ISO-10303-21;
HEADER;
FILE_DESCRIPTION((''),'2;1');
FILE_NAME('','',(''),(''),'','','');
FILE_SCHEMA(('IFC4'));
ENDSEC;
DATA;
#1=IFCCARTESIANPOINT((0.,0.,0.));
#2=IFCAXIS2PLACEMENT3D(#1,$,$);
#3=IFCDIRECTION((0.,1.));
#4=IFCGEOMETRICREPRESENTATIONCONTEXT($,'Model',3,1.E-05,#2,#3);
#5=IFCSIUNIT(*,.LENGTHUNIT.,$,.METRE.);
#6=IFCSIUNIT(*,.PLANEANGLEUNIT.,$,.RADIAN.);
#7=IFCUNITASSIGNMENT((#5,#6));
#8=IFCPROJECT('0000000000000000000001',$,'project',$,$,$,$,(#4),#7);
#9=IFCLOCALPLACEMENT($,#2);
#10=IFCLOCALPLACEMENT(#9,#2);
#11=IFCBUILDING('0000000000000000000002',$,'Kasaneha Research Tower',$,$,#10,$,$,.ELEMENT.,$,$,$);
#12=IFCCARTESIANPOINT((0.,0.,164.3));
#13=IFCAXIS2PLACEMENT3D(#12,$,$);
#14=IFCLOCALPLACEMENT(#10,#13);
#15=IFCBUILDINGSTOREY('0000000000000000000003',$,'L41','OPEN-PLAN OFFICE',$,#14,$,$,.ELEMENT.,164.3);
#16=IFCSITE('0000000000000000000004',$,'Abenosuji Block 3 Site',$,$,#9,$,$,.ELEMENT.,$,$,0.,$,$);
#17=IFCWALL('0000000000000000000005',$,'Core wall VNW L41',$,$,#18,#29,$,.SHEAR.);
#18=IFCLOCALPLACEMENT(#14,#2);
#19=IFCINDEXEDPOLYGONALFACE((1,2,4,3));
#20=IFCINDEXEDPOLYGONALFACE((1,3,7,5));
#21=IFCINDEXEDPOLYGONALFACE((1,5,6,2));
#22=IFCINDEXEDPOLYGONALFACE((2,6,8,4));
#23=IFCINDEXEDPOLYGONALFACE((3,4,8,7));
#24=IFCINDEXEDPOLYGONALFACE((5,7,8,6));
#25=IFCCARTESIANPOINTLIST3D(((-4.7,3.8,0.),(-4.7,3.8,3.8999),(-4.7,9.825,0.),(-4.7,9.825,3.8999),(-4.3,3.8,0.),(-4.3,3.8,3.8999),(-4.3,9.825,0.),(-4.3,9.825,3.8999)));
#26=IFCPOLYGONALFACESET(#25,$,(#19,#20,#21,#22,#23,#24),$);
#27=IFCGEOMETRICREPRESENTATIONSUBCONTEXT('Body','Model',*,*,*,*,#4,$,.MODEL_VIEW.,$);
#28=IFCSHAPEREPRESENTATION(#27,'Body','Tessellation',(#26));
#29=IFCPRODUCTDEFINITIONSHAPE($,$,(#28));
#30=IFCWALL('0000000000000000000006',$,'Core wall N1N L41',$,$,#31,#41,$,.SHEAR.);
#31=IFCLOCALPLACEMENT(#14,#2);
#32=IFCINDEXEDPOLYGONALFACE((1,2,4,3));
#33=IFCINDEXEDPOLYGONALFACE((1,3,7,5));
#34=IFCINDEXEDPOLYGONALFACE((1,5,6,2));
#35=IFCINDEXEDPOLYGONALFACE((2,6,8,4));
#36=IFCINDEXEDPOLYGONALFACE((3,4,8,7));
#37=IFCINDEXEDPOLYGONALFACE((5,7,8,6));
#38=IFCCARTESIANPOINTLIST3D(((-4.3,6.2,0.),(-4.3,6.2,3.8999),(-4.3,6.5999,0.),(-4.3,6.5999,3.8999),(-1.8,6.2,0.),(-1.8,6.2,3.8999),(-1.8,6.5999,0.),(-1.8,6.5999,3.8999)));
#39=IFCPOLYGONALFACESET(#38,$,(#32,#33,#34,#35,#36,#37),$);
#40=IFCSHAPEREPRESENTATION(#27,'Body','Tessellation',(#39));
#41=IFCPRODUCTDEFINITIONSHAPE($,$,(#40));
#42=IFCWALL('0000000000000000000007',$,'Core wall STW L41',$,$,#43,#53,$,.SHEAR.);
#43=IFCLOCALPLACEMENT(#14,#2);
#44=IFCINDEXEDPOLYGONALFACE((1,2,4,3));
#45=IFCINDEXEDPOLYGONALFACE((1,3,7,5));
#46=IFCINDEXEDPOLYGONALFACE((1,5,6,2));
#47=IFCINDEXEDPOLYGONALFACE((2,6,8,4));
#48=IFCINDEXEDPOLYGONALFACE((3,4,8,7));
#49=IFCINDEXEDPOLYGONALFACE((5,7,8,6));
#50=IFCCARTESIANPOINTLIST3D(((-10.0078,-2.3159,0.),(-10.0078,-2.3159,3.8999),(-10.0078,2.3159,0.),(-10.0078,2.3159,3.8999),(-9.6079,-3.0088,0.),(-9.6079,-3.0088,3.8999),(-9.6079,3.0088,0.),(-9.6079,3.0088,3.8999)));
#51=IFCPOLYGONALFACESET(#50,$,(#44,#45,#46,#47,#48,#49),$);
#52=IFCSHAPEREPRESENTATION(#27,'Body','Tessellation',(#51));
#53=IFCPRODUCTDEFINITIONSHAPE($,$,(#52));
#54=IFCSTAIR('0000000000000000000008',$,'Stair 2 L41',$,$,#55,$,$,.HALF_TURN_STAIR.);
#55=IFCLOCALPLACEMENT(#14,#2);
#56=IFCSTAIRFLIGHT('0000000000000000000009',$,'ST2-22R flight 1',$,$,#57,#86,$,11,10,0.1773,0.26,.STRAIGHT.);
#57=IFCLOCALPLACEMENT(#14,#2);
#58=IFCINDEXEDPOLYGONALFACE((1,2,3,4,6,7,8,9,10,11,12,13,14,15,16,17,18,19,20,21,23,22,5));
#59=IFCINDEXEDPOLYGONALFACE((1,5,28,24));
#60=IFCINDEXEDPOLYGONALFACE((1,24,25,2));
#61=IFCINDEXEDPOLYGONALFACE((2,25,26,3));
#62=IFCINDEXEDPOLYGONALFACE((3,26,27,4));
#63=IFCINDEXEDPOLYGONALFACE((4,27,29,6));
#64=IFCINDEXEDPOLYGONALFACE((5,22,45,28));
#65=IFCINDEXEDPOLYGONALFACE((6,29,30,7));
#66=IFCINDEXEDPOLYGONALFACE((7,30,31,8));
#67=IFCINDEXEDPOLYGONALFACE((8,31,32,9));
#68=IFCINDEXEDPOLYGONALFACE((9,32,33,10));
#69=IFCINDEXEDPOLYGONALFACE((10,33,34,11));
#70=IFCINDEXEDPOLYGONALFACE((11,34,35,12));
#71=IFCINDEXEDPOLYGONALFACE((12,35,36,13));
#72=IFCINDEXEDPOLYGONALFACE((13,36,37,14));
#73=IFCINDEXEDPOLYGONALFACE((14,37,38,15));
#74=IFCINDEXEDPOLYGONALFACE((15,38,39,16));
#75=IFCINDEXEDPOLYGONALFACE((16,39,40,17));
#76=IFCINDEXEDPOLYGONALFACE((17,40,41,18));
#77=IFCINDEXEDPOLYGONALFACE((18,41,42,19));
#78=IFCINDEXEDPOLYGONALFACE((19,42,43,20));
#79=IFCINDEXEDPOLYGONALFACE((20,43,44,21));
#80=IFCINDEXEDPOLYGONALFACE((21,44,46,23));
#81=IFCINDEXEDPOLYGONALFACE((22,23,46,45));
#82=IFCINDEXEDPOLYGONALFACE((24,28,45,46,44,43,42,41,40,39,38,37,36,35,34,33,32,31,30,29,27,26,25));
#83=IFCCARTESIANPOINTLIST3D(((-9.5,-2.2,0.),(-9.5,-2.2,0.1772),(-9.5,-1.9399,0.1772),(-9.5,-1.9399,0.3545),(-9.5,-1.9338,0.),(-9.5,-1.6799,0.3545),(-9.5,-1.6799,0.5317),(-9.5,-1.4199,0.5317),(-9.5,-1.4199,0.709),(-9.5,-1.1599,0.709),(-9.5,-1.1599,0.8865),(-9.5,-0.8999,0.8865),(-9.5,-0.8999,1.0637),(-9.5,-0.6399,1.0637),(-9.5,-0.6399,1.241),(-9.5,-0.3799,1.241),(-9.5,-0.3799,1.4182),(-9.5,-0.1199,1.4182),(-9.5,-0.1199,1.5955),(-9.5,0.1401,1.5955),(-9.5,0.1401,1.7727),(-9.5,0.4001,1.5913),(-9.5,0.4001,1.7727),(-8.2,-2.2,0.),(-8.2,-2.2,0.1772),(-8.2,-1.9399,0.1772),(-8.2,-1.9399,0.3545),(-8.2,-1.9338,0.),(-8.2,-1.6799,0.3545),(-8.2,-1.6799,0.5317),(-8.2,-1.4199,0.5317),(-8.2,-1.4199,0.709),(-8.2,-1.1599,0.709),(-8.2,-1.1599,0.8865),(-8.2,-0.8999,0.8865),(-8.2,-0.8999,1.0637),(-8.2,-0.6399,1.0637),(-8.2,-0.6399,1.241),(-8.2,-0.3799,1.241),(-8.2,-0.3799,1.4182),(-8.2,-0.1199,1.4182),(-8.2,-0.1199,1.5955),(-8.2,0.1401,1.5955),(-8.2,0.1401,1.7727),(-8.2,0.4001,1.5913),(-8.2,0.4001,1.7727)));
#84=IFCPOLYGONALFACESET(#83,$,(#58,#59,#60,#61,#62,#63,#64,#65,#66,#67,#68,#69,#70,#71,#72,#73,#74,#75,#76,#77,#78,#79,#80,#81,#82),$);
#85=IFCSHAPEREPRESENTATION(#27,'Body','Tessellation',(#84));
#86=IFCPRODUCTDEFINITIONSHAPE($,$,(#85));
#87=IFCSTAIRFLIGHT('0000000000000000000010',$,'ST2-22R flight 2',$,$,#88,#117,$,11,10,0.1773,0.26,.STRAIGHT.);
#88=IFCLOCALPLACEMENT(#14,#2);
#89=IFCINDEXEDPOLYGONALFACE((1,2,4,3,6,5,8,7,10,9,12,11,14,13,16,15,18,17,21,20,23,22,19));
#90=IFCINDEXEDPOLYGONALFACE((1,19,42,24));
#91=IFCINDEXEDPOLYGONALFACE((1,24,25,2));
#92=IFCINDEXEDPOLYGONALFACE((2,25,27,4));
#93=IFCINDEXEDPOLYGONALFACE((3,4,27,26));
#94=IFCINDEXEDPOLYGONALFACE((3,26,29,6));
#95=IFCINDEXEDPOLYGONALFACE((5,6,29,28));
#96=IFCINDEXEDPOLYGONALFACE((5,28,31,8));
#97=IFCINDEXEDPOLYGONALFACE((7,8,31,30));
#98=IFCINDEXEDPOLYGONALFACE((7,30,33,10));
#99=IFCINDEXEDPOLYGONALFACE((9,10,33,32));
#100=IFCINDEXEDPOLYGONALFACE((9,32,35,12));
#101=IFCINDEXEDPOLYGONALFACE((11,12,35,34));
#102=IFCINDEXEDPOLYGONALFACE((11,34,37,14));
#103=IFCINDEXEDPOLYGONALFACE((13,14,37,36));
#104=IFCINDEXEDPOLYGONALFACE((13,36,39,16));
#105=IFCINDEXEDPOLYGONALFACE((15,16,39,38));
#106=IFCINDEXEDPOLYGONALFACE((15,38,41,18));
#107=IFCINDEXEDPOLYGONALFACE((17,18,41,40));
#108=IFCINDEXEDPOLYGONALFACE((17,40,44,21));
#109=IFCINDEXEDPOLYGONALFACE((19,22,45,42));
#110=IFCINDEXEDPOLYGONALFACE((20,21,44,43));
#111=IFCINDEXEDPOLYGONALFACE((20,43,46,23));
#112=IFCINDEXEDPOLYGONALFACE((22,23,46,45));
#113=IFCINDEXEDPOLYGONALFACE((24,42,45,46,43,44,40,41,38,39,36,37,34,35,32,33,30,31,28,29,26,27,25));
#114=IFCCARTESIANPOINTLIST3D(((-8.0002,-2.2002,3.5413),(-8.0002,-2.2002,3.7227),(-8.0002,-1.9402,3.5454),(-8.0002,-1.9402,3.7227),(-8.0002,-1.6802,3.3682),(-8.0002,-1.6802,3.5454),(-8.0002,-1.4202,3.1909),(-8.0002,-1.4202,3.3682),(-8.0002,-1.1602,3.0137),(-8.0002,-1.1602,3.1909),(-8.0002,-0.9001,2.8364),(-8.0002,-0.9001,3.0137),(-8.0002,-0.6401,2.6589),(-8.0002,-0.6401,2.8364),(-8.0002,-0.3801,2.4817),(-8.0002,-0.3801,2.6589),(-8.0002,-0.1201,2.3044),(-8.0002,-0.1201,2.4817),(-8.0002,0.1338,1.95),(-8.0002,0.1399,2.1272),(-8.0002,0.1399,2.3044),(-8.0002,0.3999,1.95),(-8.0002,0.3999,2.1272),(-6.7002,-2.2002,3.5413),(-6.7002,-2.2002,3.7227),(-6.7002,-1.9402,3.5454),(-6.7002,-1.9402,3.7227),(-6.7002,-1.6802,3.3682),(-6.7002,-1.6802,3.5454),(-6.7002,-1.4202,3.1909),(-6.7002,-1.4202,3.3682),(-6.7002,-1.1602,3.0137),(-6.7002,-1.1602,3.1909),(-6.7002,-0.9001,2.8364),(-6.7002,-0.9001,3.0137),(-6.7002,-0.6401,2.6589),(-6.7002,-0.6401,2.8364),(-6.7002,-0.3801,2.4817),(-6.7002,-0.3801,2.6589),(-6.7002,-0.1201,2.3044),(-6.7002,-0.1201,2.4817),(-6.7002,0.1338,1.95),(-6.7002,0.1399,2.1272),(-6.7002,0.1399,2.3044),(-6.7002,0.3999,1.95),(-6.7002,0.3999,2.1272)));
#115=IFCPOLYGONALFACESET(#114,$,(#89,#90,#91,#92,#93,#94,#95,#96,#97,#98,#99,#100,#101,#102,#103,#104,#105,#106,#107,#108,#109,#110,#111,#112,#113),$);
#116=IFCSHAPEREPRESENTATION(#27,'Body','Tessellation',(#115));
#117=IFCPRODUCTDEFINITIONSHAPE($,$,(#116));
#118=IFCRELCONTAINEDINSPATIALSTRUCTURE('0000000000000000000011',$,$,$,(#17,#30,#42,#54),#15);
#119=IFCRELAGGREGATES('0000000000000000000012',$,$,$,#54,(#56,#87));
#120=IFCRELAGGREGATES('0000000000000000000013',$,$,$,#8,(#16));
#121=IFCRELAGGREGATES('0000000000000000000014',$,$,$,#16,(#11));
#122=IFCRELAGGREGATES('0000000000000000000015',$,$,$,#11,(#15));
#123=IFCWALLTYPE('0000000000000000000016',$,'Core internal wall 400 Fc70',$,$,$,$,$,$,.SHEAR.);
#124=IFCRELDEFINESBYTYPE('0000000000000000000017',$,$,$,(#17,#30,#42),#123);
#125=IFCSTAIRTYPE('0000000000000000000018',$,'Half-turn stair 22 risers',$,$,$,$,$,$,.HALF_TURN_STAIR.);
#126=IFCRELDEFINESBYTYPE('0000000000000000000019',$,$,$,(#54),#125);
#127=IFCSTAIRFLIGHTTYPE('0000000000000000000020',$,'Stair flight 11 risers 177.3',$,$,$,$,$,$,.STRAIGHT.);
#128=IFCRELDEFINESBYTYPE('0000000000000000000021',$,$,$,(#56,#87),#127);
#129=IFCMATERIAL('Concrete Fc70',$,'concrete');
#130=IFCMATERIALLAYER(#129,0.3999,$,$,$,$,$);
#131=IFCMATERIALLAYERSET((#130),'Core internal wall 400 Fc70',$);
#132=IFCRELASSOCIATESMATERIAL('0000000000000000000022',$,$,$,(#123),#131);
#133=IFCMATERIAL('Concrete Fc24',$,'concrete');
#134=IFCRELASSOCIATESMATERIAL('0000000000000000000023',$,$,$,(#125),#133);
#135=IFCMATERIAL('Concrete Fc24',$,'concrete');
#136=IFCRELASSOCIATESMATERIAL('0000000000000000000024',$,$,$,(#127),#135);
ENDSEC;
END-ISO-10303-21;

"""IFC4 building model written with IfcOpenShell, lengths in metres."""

from ifc_helpers import new_model, si_unit, direction, frame, frame_2d, origin, place, context, subcontext, project, spatial, polyline, rectangle, outline, extrude, material, layer, layer_set, type_object, element, aggregate, save


model = new_model("IFC4")

# Units and contexts
model_context = context("Model", 3, precision=1e-05, world=origin(), true_north=direction((0.0, 1.0)))
body_context = subcontext(model_context, "Body", "Model", "MODEL_VIEW")
ifc_project = project(units=[si_unit("LENGTHUNIT", "METRE"), si_unit("PLANEANGLEUNIT", "RADIAN")], contexts=[model_context])

# Site, building, storey
site_placement = place(None, origin())
site = spatial("IfcSite", under=ifc_project, at=site_placement, Name="Abenosuji Block 3 Site", CompositionType="ELEMENT", RefElevation=0.0)
building_placement = place(site_placement, origin())
building = spatial("IfcBuilding", under=site, at=building_placement, Name="Kasaneha Research Tower", CompositionType="ELEMENT")
storey_placement = place(building_placement, frame((0.0, 0.0, 164.3)))
storey = spatial("IfcBuildingStorey", under=building, at=storey_placement, Name="L41", Description="OPEN-PLAN OFFICE", CompositionType="ELEMENT", Elevation=164.3)

# Shared definitions
ifc_material_1 = material(Name="Concrete Fc70", Category="concrete")
ifc_layer_1 = layer(ifc_material_1, 0.3999)
ifc_layer_set_1 = layer_set([ifc_layer_1], Name="Core internal wall 400 Fc70")
wall_type = type_object("IfcWallType", Name="Core internal wall 400 Fc70", PredefinedType="SHEAR", material=ifc_layer_set_1)

# Walls
wall_1_placement = place(storey_placement, frame((-4.5, 3.8, 0.0), z_axis=(0.0, 0.0, 1.0), x_axis=(0.0, 1.0, 0.0)))
element("IfcWall", 1, at=wall_1_placement, inside=storey, type_object=wall_type, Name="Core wall VNW L41", PredefinedType="SHEAR", context=body_context, shape_type="SweptSolid", body=[
    extrude(rectangle(XDim=6.0249, YDim=0.3999, at=frame_2d((3.0125, 0.0))), origin(), (0.0, 0.0, 1.0), 3.8999),
])
wall_2_placement = place(storey_placement, frame((-4.3, 6.3999, 0.0), z_axis=(0.0, 0.0, 1.0), x_axis=(1.0, 0.0, 0.0)))
element("IfcWall", 2, at=wall_2_placement, inside=storey, type_object=wall_type, Name="Core wall N1N L41", PredefinedType="SHEAR", context=body_context, shape_type="SweptSolid", body=[
    extrude(rectangle(XDim=2.5, YDim=0.3999, at=frame_2d((1.25, 0.0))), origin(), (0.0, 0.0, 1.0), 3.8999),
])
wall_3_placement = place(storey_placement, frame((-9.8079, -2.6624, 0.0), z_axis=(0.0, 0.0, 1.0), x_axis=(0.0, 1.0, 0.0)))
element("IfcWall", 3, at=wall_3_placement, inside=storey, type_object=wall_type, Name="Core wall STW L41", PredefinedType="SHEAR", context=body_context, shape_type="SweptSolid", body=[
    extrude(outline(polyline([(-0.3464, -0.2), (5.6711, -0.2), (4.9783, 0.2), (0.3464, 0.2), (-0.3464, -0.2)])), origin(), (0.0, 0.0, 1.0), 3.8999),
])

# Stair, stair flights
ifc_material_2 = material(Name="Concrete Fc24", Category="concrete")
stair_type = type_object("IfcStairType", Name="Half-turn stair 22 risers", PredefinedType="HALF_TURN_STAIR", material=ifc_material_2)
stair_placement = place(storey_placement, origin())
stair = element("IfcStair", 4, at=stair_placement, inside=storey, type_object=stair_type, Name="Stair 2 L41", PredefinedType="HALF_TURN_STAIR")
ifc_material_3 = material(Name="Concrete Fc24", Category="concrete")
stair_flight_type = type_object("IfcStairFlightType", Name="Stair flight 11 risers 177.3", PredefinedType="STRAIGHT", material=ifc_material_3)
stair_flight_1_placement = place(storey_placement, frame((-8.8501, -2.2, 0.0), z_axis=(0.0, 0.0, 1.0), x_axis=(0.0, 1.0, 0.0)))
stair_flight_1 = element("IfcStairFlight", 5, at=stair_flight_1_placement, type_object=stair_flight_type, Name="ST2-22R flight 1", NumberOfRisers=11, NumberOfTreads=10, PredefinedType="STRAIGHT", RiserHeight=0.1773, TreadLength=0.26, context=body_context, shape_type="SweptSolid", body=[
    extrude(outline(polyline([(0.0, 0.0), (0.0, 0.1772), (0.26, 0.1772), (0.26, 0.3545), (0.52, 0.3545), (0.52, 0.5317), (0.78, 0.5317), (0.78, 0.709), (1.04, 0.709), (1.04, 0.8865), (1.3, 0.8865), (1.3, 1.0637), (1.5601, 1.0637), (1.5601, 1.241), (1.8201, 1.241), (1.8201, 1.4182), (2.0801, 1.4182), (2.0801, 1.5955), (2.3401, 1.5955), (2.3401, 1.7727), (2.6001, 1.7727), (2.6001, 1.95), (2.6001, 1.5913), (0.2661, 0.0), (0.0, 0.0)])), frame((0.0, 0.6499, 0.0), z_axis=(0.0, -1.0, 0.0), x_axis=(1.0, 0.0, 0.0)), (0.0, 0.0, 1.0), 1.3),
])
stair_flight_2_placement = place(storey_placement, frame((-7.3501, 0.3999, 1.95), z_axis=(0.0, 0.0, 1.0), x_axis=(0.0, -1.0, 0.0)))
stair_flight_2 = element("IfcStairFlight", 6, at=stair_flight_2_placement, type_object=stair_flight_type, Name="ST2-22R flight 2", NumberOfRisers=11, NumberOfTreads=10, PredefinedType="STRAIGHT", RiserHeight=0.1773, TreadLength=0.26, context=body_context, shape_type="SweptSolid", body=[
    extrude(outline(polyline([(0.0, 0.0), (0.0, 0.1772), (0.26, 0.1772), (0.26, 0.3545), (0.52, 0.3545), (0.52, 0.5317), (0.78, 0.5317), (0.78, 0.709), (1.04, 0.709), (1.04, 0.8865), (1.3, 0.8865), (1.3, 1.0637), (1.5601, 1.0637), (1.5601, 1.241), (1.8201, 1.241), (1.8201, 1.4182), (2.0801, 1.4182), (2.0801, 1.5955), (2.3401, 1.5955), (2.3401, 1.7727), (2.6001, 1.7727), (2.6001, 1.95), (2.6001, 1.5913), (0.2661, 0.0), (0.0, 0.0)])), frame((0.0, 0.6499, 0.0), z_axis=(0.0, -1.0, 0.0), x_axis=(1.0, 0.0, 0.0)), (0.0, 0.0, 1.0), 1.3),
])
aggregate(stair, [stair_flight_1, stair_flight_2])

save(model, "model.ifc")
